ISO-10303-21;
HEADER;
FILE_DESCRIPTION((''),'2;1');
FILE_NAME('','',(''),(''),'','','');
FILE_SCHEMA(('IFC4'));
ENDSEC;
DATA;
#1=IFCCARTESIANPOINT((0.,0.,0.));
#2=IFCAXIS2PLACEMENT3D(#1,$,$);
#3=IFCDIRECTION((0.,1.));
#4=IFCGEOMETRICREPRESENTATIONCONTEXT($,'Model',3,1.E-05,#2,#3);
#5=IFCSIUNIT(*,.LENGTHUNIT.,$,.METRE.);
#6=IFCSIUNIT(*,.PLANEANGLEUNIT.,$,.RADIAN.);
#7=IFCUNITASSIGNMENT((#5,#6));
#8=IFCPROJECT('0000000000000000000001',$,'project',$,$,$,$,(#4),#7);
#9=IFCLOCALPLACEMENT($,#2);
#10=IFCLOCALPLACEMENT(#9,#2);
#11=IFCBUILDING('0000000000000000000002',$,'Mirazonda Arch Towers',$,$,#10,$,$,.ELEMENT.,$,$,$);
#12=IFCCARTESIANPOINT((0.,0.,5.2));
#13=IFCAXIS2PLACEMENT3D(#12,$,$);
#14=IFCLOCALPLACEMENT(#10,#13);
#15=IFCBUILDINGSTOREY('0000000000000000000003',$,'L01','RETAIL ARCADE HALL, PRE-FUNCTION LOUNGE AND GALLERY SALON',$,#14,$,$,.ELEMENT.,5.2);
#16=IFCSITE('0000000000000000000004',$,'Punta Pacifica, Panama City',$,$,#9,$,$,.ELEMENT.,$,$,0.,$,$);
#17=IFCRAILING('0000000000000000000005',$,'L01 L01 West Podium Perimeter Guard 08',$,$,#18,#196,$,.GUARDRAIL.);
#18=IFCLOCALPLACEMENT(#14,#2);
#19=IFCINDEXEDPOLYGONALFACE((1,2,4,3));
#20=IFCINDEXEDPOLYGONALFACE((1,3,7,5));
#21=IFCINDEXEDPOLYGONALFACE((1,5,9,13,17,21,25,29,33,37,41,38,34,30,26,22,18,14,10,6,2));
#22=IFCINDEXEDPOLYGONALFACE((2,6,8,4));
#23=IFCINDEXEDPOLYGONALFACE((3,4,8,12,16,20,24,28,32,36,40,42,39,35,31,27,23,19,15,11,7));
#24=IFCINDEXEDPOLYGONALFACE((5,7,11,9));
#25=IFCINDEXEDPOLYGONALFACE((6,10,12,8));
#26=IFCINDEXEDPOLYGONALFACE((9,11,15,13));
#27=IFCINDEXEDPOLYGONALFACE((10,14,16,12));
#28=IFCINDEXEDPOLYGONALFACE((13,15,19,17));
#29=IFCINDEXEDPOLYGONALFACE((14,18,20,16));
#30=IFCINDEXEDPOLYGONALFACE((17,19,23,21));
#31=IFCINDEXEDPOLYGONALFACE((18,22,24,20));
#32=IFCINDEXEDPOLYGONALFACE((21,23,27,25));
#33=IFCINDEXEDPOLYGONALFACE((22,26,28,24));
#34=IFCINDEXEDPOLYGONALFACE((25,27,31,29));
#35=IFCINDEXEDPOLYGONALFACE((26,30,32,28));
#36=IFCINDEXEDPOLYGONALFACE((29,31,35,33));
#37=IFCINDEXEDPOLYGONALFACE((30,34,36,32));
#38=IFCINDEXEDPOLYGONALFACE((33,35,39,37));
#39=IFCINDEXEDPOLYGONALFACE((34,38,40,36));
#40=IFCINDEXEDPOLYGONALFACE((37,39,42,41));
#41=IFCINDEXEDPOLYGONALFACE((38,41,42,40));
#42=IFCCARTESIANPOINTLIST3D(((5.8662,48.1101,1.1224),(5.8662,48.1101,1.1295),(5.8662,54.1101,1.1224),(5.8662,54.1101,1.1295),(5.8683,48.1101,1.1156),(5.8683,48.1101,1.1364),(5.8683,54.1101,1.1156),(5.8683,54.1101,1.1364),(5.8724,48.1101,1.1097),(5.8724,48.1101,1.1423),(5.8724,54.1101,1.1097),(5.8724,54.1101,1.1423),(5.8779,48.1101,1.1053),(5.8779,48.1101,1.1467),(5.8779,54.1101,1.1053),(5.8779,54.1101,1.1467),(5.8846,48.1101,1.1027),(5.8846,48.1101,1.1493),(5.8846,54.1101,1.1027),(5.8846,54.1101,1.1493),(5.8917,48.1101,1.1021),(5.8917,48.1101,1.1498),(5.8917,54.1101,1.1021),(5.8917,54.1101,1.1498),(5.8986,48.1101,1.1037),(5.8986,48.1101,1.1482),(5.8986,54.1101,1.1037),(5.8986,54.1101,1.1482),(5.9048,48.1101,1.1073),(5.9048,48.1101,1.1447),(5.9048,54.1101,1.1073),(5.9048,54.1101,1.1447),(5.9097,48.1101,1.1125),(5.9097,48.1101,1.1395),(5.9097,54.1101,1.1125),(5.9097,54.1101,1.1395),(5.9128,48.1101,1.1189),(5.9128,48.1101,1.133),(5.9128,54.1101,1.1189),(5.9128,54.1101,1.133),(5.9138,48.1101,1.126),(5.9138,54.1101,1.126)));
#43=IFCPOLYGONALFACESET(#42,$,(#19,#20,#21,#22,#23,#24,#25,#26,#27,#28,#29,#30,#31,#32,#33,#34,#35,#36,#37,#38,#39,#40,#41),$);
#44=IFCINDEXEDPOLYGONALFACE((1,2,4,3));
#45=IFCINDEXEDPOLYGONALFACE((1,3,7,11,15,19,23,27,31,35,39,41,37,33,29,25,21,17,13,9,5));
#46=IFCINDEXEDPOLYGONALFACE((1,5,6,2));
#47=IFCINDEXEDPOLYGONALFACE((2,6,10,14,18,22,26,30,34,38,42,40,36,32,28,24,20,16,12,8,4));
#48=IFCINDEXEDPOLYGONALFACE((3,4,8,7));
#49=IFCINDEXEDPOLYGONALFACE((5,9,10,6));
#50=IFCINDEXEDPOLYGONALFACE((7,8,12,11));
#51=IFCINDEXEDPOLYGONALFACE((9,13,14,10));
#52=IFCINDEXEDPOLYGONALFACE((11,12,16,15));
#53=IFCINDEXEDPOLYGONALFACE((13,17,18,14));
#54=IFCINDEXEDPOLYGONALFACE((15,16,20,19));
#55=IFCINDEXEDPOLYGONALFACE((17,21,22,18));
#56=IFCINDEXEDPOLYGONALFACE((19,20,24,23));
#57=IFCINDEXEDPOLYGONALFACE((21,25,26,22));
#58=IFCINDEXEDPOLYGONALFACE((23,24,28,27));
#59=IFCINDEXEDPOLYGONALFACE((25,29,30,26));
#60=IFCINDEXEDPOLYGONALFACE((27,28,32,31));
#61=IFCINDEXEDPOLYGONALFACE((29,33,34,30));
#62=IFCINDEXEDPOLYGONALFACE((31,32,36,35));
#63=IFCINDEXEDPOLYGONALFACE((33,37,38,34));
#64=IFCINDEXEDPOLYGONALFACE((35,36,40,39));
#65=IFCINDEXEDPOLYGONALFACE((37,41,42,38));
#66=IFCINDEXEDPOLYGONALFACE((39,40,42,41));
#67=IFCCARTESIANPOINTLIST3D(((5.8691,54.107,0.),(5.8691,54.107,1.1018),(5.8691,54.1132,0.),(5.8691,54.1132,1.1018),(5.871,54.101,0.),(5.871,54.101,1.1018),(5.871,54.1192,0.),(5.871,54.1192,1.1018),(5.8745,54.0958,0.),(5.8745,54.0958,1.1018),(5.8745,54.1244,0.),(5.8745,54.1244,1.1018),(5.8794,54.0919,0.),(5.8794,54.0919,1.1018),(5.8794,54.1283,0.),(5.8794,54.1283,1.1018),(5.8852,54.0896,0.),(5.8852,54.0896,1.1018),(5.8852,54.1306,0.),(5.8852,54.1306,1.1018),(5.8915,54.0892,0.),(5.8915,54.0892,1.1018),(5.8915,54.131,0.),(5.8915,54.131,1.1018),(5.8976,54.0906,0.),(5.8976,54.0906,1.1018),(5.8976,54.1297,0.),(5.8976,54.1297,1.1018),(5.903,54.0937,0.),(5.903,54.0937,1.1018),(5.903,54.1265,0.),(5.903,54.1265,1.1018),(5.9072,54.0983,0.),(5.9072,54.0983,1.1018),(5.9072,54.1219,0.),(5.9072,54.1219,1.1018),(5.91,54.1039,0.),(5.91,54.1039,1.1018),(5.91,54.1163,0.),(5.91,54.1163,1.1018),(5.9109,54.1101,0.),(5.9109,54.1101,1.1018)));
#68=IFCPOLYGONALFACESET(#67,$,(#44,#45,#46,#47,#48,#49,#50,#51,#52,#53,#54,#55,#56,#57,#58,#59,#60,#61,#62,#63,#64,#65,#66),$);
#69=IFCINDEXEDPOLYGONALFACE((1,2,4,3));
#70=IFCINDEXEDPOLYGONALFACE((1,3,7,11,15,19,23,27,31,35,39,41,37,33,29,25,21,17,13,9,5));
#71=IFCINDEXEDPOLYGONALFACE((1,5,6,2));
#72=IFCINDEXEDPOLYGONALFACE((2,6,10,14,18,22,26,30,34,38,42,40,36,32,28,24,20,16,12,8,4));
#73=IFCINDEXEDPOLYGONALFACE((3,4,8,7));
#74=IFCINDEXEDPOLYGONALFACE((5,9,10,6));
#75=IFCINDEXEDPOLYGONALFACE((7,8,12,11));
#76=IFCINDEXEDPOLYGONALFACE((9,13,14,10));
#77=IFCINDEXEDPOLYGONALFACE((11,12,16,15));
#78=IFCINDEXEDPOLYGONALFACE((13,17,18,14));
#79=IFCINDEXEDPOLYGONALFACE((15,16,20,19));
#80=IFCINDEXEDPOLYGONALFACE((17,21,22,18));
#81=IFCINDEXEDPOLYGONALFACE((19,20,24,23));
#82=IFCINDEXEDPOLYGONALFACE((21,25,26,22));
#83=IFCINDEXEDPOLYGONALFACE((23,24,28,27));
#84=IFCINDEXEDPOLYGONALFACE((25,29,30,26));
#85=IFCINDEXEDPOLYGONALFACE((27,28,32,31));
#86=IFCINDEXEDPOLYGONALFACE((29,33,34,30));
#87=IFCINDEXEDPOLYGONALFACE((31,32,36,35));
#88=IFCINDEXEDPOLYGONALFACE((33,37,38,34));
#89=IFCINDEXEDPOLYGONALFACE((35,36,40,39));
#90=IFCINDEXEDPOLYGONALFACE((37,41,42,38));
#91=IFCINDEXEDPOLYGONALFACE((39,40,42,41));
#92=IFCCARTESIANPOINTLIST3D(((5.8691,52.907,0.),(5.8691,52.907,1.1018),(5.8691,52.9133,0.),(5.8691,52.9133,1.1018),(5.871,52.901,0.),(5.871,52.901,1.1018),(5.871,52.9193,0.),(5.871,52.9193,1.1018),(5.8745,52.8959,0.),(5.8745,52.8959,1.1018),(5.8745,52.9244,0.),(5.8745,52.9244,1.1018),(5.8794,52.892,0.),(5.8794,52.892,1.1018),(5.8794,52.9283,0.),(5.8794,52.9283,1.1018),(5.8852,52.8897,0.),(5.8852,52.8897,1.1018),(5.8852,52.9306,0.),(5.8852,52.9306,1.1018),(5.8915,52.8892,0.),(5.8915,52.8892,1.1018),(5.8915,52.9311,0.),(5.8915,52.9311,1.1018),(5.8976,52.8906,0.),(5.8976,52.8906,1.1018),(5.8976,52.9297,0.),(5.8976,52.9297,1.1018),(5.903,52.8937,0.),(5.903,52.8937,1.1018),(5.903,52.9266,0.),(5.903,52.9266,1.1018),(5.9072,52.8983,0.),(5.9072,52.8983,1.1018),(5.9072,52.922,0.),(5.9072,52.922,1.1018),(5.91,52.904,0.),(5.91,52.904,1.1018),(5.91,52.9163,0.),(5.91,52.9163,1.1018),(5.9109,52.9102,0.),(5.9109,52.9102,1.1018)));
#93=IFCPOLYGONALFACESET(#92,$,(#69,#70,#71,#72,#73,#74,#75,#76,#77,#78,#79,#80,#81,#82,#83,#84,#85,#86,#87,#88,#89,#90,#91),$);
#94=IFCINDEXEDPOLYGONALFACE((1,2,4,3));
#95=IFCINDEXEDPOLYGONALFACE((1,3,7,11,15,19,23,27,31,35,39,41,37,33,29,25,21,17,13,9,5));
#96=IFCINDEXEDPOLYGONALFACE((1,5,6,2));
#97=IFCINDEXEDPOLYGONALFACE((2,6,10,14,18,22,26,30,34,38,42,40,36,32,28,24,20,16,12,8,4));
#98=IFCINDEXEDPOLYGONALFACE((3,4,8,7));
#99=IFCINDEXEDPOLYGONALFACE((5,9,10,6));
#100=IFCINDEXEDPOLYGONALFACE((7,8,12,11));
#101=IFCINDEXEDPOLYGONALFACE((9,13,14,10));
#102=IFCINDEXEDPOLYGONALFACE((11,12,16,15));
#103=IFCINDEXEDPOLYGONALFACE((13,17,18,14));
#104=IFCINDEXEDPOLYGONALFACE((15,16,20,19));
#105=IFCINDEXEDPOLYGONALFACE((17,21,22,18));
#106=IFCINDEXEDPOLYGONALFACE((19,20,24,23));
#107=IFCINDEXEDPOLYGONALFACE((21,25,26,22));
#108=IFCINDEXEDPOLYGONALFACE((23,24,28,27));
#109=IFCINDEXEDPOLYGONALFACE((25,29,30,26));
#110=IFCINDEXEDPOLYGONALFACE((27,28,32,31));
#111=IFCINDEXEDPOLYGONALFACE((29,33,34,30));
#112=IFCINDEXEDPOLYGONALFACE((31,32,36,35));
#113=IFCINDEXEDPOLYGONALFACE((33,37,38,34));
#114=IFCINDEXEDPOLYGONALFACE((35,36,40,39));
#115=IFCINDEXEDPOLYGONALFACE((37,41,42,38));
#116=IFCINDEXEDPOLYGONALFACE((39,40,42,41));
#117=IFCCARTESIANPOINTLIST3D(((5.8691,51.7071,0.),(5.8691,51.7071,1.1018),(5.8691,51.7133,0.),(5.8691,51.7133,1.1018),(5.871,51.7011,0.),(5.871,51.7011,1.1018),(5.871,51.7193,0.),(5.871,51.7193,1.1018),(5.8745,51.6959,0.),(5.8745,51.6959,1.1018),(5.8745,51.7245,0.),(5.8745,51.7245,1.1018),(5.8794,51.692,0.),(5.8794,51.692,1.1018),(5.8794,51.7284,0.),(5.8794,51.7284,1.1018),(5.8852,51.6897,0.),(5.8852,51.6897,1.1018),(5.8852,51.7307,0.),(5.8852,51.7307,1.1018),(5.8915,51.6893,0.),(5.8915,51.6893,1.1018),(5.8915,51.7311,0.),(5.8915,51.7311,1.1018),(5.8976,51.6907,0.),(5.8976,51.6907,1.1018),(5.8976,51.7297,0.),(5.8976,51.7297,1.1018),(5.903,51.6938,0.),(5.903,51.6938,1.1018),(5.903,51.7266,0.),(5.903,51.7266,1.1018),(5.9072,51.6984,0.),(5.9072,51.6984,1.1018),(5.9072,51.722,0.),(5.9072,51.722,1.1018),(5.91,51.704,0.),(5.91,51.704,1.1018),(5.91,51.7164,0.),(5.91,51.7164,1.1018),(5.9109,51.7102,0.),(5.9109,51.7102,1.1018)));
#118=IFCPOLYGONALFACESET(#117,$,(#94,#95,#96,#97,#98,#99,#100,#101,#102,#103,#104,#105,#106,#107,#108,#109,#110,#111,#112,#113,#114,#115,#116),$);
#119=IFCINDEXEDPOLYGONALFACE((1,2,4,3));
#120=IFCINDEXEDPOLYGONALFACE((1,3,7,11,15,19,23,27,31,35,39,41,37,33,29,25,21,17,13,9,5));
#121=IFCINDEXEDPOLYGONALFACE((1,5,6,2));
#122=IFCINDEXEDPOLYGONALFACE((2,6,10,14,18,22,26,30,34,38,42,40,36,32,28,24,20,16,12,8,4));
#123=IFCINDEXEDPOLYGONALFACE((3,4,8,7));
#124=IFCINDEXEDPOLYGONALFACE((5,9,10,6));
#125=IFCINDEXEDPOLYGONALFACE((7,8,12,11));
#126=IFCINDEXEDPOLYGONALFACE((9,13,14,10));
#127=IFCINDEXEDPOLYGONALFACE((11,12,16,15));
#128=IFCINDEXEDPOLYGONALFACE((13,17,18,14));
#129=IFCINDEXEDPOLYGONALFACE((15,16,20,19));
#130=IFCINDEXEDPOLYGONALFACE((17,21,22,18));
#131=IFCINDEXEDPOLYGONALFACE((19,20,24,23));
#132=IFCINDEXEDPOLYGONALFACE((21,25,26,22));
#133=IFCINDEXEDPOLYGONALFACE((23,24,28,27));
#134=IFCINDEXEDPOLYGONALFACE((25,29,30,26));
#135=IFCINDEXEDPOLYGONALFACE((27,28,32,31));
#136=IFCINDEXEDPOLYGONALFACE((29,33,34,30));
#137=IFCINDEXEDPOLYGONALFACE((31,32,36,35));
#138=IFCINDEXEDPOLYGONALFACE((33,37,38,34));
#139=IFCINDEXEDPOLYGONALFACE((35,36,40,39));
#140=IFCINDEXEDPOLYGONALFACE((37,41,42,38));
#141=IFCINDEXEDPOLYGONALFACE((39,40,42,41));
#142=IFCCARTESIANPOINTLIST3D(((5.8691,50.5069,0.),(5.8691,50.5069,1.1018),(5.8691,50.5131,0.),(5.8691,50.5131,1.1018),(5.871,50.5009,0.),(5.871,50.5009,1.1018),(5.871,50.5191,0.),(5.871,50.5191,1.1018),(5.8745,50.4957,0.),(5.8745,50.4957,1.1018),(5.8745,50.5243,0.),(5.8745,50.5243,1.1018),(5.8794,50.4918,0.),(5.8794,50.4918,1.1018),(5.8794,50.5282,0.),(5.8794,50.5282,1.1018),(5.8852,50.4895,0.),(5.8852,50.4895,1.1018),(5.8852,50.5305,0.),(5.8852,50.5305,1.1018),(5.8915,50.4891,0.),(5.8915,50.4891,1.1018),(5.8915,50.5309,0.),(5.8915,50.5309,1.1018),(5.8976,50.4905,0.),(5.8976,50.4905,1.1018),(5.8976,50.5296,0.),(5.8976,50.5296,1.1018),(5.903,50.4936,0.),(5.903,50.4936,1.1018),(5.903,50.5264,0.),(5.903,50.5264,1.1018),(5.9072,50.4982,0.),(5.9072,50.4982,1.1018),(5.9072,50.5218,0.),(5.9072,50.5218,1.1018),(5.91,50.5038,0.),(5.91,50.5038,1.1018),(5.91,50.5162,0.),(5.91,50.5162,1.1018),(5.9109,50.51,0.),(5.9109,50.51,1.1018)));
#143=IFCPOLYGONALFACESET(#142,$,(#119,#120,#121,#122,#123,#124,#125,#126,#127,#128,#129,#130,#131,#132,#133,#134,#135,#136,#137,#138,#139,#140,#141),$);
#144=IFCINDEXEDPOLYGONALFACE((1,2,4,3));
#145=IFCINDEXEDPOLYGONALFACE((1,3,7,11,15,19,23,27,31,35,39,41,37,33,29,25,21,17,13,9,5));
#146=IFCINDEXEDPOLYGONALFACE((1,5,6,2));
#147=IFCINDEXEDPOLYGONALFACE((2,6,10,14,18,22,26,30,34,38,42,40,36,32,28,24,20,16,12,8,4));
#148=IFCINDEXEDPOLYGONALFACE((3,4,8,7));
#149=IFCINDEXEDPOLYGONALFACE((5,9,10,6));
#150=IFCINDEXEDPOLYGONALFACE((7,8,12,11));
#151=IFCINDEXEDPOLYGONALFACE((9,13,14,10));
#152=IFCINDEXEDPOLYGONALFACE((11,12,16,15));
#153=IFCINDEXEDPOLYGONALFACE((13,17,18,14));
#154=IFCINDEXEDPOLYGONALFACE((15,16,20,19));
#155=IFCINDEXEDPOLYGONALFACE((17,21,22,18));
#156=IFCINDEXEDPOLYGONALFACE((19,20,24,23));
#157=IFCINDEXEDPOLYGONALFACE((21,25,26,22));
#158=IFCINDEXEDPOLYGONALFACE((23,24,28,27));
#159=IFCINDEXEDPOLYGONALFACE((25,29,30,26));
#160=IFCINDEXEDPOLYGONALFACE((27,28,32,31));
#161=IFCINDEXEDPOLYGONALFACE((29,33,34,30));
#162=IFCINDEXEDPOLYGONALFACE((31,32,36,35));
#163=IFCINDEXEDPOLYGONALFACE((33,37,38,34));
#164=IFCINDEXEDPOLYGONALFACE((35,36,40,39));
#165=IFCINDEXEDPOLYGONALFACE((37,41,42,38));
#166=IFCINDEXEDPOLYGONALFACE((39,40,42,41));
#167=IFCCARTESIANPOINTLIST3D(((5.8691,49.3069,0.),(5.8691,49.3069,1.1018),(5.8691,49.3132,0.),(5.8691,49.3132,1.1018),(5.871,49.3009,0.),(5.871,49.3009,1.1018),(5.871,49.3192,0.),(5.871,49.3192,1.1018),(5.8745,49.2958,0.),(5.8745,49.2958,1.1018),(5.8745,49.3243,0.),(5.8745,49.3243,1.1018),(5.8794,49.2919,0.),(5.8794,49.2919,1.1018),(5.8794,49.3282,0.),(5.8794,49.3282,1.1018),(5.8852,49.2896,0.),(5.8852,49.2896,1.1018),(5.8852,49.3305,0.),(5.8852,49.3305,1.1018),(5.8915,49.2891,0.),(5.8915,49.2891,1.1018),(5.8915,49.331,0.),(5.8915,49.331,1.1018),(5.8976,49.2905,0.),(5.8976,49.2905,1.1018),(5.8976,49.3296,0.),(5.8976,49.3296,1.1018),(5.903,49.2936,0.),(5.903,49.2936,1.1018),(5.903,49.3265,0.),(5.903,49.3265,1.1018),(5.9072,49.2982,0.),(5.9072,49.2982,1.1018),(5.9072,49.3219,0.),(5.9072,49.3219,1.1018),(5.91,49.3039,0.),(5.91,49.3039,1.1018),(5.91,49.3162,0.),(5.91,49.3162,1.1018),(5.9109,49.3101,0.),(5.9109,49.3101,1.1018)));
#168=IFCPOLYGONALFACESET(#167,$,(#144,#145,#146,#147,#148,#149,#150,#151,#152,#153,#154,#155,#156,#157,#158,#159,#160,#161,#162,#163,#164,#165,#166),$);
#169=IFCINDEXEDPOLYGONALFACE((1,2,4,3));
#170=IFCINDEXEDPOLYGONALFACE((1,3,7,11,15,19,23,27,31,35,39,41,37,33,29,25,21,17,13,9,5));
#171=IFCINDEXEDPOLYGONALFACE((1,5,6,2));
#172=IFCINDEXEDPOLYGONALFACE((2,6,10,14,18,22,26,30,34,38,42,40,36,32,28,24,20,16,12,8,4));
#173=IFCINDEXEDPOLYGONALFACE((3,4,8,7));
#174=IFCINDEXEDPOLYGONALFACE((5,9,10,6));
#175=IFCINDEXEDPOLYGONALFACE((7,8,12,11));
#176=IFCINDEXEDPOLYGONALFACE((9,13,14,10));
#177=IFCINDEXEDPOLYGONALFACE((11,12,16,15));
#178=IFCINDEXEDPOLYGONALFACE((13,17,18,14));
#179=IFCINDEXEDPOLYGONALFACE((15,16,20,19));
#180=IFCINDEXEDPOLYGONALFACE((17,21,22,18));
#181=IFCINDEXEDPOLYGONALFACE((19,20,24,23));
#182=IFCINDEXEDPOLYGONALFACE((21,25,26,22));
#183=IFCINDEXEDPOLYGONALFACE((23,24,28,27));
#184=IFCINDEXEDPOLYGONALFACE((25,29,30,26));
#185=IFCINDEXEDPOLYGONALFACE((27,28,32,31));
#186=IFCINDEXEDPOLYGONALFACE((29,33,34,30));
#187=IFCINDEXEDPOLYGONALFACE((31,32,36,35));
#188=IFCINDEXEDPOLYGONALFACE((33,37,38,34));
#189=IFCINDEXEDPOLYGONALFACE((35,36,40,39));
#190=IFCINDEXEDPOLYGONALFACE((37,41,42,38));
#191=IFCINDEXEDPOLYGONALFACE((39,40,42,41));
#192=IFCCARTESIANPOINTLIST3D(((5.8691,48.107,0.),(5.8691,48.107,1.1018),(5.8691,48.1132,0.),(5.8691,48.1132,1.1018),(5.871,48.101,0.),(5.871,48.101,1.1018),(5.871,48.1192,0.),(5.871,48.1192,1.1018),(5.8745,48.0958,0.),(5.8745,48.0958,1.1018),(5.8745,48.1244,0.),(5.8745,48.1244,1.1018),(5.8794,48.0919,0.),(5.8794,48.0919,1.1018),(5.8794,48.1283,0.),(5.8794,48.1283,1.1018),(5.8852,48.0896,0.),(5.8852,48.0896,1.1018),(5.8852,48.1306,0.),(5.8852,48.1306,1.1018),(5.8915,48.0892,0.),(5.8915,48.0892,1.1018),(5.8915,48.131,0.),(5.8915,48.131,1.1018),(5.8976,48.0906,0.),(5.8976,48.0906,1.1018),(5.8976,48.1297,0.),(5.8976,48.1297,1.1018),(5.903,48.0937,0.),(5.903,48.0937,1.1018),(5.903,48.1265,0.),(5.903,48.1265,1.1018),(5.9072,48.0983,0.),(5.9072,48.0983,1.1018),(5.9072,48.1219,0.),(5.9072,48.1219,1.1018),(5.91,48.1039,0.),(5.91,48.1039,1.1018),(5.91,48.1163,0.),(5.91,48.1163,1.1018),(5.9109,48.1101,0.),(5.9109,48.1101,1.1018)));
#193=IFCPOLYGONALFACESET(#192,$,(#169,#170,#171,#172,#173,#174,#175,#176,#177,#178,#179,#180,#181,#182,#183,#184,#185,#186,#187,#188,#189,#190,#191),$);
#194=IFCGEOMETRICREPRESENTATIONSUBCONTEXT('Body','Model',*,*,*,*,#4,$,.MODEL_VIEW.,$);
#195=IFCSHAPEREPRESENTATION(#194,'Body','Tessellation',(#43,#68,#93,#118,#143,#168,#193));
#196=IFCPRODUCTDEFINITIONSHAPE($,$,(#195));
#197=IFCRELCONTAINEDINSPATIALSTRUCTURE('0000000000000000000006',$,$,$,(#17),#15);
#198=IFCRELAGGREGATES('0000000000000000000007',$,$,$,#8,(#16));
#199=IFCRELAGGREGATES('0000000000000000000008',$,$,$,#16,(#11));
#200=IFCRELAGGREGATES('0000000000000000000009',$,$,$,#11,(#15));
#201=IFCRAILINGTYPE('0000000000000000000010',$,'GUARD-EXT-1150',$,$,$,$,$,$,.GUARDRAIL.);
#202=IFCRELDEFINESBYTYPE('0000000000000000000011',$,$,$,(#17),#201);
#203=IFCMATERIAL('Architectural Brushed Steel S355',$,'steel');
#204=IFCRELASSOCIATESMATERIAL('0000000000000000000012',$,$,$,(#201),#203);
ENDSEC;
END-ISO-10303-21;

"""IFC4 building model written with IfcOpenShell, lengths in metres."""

from ifc_helpers import new_model, si_unit, direction, frame, origin, origin_2d, place, context, subcontext, project, spatial, circle, extrude, material, type_object, element, save


model = new_model("IFC4")

# Units and contexts
model_context = context("Model", 3, precision=1e-05, world=origin(), true_north=direction((0.0, 1.0)))
body_context = subcontext(model_context, "Body", "Model", "MODEL_VIEW")
ifc_project = project(units=[si_unit("LENGTHUNIT", "METRE"), si_unit("PLANEANGLEUNIT", "RADIAN")], contexts=[model_context])

# Site, building, storey
site_placement = place(None, origin())
site = spatial("IfcSite", under=ifc_project, at=site_placement, Name="Punta Pacifica, Panama City", CompositionType="ELEMENT", RefElevation=0.0)
building_placement = place(site_placement, origin())
building = spatial("IfcBuilding", under=site, at=building_placement, Name="Mirazonda Arch Towers", CompositionType="ELEMENT")
storey_placement = place(building_placement, frame((0.0, 0.0, 5.2)))
storey = spatial("IfcBuildingStorey", under=building, at=storey_placement, Name="L01", Description="RETAIL ARCADE HALL, PRE-FUNCTION LOUNGE AND GALLERY SALON", CompositionType="ELEMENT", Elevation=5.2)

# Railing
ifc_material_1 = material(Name="Architectural Brushed Steel S355", Category="steel")
railing_type = type_object("IfcRailingType", Name="GUARD-EXT-1150", PredefinedType="GUARDRAIL", material=ifc_material_1)
railing_1_placement = place(storey_placement, frame((5.8899, 54.1101, 0.0)))
element("IfcRailing", 1, at=railing_1_placement, inside=storey, type_object=railing_type, Name="L01 L01 West Podium Perimeter Guard 08", PredefinedType="GUARDRAIL", context=body_context, shape_type="SweptSolid", body=[
    extrude(circle(Radius=0.0239, at=origin_2d()), frame((0.0, 0.0, 1.126), z_axis=(0.0, -1.0, 0.0), x_axis=(1.0, 0.0, 0.0)), (0.0, 0.0, 1.0), 6.0),
    extrude(circle(Radius=0.021, at=origin_2d()), origin(), (0.0, 0.0, 1.0), 1.1018),
    extrude(circle(Radius=0.021, at=origin_2d()), frame((0.0, -1.2, 0.0)), (0.0, 0.0, 1.0), 1.1018),
    extrude(circle(Radius=0.021, at=origin_2d()), frame((0.0, -2.3999, 0.0)), (0.0, 0.0, 1.0), 1.1018),
    extrude(circle(Radius=0.021, at=origin_2d()), frame((0.0, -3.6001, 0.0)), (0.0, 0.0, 1.0), 1.1018),
    extrude(circle(Radius=0.021, at=origin_2d()), frame((0.0, -4.8, 0.0)), (0.0, 0.0, 1.0), 1.1018),
    extrude(circle(Radius=0.021, at=origin_2d()), frame((0.0, -6.0, 0.0)), (0.0, 0.0, 1.0), 1.1018),
])

save(model, "model.ifc")
